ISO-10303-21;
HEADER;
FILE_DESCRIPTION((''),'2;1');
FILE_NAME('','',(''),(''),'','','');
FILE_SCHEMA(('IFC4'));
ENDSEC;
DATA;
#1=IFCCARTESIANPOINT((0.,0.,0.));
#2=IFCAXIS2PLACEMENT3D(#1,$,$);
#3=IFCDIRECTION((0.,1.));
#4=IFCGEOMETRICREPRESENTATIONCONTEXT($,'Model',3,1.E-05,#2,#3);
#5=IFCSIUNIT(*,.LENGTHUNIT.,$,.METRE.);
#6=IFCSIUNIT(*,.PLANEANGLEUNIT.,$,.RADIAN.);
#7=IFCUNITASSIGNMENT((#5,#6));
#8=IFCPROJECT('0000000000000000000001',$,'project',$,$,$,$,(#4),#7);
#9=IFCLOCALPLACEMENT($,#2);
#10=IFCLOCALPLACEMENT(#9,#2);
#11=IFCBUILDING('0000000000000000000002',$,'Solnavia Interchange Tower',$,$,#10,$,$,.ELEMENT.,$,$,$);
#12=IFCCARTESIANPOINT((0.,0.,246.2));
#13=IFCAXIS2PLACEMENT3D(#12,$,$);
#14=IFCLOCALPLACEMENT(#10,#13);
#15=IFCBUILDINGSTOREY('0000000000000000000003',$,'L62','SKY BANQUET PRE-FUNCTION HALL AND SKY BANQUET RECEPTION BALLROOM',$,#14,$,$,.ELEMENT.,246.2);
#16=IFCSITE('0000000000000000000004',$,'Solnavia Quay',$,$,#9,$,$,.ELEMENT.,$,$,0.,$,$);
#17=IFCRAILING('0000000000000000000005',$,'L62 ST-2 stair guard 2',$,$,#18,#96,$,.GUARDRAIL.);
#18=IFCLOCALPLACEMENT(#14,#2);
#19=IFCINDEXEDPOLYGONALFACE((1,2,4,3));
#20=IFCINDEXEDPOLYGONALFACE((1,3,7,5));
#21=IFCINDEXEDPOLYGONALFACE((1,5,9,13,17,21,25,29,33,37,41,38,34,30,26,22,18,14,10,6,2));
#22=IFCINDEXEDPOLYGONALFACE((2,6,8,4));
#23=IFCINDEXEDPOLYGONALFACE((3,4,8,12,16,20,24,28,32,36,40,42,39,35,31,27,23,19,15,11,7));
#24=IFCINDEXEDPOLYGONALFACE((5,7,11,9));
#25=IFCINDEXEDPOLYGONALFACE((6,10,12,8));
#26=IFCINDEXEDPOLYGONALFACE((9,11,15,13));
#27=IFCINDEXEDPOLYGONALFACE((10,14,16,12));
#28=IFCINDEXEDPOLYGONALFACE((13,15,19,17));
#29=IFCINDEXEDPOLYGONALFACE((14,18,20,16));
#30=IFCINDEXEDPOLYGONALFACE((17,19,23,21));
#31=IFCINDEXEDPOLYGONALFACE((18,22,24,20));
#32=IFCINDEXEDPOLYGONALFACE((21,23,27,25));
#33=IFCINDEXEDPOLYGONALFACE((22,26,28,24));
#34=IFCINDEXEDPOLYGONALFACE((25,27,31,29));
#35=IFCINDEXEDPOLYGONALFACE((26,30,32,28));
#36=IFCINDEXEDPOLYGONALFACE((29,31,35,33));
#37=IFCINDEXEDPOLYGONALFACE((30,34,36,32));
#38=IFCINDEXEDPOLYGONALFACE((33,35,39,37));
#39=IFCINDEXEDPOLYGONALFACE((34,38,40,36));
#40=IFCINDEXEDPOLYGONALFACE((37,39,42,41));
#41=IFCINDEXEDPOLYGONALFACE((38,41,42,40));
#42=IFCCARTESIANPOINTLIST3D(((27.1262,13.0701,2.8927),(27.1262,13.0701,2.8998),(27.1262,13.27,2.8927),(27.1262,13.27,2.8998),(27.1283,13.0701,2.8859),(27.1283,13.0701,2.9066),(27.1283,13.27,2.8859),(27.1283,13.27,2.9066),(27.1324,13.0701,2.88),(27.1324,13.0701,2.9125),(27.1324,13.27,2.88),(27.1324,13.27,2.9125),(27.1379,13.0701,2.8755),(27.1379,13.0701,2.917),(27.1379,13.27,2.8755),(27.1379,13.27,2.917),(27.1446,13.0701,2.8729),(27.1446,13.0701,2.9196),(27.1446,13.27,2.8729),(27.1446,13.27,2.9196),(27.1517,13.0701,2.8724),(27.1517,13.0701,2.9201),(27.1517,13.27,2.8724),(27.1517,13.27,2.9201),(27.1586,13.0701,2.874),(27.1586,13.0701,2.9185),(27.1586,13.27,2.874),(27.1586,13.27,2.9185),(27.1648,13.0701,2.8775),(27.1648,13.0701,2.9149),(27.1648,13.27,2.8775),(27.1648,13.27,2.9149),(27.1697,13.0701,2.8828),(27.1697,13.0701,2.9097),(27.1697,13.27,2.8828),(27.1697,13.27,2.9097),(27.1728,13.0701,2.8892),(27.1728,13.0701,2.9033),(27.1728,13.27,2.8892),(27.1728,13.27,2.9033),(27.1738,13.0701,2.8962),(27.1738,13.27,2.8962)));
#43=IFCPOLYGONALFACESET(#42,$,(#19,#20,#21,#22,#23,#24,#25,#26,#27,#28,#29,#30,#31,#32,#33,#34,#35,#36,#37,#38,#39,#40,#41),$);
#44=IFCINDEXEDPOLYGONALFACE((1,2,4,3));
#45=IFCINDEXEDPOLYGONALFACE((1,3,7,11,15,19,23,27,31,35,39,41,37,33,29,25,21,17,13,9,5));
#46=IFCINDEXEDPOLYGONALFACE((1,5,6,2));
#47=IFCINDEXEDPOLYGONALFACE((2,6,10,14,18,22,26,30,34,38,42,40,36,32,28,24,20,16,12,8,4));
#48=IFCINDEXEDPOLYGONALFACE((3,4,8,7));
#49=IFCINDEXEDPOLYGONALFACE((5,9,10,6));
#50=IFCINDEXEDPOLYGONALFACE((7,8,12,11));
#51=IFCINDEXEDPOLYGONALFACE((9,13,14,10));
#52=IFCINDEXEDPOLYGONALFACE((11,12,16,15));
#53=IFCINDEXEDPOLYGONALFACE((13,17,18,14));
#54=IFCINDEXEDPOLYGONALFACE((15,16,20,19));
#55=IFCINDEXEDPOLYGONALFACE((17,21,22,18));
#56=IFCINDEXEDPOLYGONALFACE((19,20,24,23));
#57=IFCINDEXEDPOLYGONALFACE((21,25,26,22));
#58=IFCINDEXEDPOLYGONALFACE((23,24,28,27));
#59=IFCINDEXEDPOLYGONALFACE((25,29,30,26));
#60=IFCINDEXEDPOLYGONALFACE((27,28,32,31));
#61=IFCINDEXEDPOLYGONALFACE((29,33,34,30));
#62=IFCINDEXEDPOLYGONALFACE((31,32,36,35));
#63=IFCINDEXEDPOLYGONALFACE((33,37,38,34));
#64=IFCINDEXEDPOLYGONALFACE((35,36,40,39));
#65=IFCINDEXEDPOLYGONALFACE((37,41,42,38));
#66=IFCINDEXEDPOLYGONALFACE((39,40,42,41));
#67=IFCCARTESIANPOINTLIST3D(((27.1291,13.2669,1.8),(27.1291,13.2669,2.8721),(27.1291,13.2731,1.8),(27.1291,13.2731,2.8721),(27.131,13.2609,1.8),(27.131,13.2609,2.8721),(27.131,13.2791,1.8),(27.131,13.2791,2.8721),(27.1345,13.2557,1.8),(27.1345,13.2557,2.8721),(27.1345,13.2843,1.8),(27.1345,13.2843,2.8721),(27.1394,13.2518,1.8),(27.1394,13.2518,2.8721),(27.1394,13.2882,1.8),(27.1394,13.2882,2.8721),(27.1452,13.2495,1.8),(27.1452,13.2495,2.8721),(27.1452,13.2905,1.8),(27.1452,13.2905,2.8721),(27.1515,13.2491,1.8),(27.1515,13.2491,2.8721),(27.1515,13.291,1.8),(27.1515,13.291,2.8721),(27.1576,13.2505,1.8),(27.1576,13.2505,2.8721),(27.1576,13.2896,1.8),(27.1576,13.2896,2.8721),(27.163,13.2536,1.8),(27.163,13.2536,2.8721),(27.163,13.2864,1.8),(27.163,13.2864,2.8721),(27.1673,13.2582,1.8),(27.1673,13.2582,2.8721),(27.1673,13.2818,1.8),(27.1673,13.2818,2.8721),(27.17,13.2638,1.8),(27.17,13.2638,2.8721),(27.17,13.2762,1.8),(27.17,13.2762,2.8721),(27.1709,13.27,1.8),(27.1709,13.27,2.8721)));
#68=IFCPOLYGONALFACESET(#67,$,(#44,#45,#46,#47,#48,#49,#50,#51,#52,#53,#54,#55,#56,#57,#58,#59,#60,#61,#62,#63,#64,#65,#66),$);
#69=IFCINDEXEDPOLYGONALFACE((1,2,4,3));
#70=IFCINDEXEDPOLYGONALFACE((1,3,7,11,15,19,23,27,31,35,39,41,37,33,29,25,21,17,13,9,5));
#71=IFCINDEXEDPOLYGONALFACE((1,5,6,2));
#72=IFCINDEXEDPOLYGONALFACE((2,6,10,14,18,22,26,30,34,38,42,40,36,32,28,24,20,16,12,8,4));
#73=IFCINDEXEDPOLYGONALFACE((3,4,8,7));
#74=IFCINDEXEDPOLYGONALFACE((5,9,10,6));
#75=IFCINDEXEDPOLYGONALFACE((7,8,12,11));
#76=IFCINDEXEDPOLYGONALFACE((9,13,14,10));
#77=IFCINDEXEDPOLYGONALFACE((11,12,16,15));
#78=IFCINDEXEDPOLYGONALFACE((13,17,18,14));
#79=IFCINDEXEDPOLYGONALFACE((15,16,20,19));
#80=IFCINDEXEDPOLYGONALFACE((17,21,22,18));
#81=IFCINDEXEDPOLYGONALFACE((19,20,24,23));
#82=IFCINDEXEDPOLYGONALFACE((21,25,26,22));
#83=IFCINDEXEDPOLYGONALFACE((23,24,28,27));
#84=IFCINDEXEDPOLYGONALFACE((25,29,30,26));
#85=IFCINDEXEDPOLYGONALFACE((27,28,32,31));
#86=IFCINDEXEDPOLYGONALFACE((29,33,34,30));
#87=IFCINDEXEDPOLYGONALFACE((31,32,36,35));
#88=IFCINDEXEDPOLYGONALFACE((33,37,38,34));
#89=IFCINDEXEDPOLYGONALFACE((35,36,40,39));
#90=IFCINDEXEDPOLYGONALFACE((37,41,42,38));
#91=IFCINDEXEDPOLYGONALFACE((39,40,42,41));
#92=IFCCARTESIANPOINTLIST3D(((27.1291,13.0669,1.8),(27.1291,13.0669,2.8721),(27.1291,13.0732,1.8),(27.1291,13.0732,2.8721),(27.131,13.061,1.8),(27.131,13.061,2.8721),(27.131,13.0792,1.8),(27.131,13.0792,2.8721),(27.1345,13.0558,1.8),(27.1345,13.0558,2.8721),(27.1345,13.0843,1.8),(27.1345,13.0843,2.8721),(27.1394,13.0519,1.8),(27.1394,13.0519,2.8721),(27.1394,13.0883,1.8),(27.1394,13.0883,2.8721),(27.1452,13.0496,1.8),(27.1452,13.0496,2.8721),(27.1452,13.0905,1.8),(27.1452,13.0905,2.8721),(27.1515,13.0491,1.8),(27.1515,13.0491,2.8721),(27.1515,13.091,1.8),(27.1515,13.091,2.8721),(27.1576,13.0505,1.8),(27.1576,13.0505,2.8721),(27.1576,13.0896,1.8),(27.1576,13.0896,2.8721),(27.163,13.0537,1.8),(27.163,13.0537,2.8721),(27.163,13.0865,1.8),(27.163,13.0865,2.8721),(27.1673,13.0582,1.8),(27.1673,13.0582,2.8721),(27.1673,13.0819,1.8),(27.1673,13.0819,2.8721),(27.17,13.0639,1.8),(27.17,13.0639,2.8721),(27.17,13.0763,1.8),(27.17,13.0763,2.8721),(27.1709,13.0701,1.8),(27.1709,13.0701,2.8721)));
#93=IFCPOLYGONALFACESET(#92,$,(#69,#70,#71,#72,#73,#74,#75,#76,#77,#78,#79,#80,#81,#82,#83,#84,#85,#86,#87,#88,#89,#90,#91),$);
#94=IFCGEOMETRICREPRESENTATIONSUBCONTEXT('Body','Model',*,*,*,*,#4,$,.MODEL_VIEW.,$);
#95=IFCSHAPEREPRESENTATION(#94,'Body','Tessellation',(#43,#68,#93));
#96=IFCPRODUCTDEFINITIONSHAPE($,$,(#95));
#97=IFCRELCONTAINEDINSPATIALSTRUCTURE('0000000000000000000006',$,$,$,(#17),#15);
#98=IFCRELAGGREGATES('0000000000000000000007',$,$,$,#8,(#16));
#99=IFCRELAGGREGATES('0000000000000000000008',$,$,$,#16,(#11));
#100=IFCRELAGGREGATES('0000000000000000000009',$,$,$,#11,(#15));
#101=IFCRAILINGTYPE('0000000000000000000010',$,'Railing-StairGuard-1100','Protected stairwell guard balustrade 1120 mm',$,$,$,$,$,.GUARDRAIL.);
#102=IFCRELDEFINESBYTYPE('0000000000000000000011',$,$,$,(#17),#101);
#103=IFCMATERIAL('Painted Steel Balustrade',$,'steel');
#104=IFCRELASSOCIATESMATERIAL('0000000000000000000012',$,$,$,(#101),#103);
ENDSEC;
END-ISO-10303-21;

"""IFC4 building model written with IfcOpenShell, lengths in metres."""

from ifc_helpers import new_model, si_unit, direction, frame, origin, origin_2d, place, context, subcontext, project, spatial, circle, extrude, material, type_object, element, save


model = new_model("IFC4")

# Units and contexts
model_context = context("Model", 3, precision=1e-05, world=origin(), true_north=direction((0.0, 1.0)))
body_context = subcontext(model_context, "Body", "Model", "MODEL_VIEW")
ifc_project = project(units=[si_unit("LENGTHUNIT", "METRE"), si_unit("PLANEANGLEUNIT", "RADIAN")], contexts=[model_context])

# Site, building, storey
site_placement = place(None, origin())
site = spatial("IfcSite", under=ifc_project, at=site_placement, Name="Solnavia Quay", CompositionType="ELEMENT", RefElevation=0.0)
building_placement = place(site_placement, origin())
building = spatial("IfcBuilding", under=site, at=building_placement, Name="Solnavia Interchange Tower", CompositionType="ELEMENT")
storey_placement = place(building_placement, frame((0.0, 0.0, 246.2)))
storey = spatial("IfcBuildingStorey", under=building, at=storey_placement, Name="L62", Description="SKY BANQUET PRE-FUNCTION HALL AND SKY BANQUET RECEPTION BALLROOM", CompositionType="ELEMENT", Elevation=246.2)

# Railing
ifc_material_1 = material(Name="Painted Steel Balustrade", Category="steel")
railing_type_1 = type_object("IfcRailingType", Name="Railing-StairGuard-1100", Description="Protected stairwell guard balustrade 1120 mm", PredefinedType="GUARDRAIL", material=ifc_material_1)
railing_1_placement = place(storey_placement, frame((27.1499, 13.27, 1.8)))
element("IfcRailing", 1, at=railing_1_placement, inside=storey, type_object=railing_type_1, Name="L62 ST-2 stair guard 2", PredefinedType="GUARDRAIL", context=body_context, shape_type="SweptSolid", body=[
    extrude(circle(Radius=0.0239, at=origin_2d()), frame((0.0, 0.0, 1.0962), z_axis=(0.0, -1.0, 0.0), x_axis=(1.0, 0.0, 0.0)), (0.0, 0.0, 1.0), 0.2),
    extrude(circle(Radius=0.021, at=origin_2d()), origin(), (0.0, 0.0, 1.0), 1.072),
    extrude(circle(Radius=0.021, at=origin_2d()), frame((0.0, -0.2, 0.0)), (0.0, 0.0, 1.0), 1.072),
])

save(model, "model.ifc")
